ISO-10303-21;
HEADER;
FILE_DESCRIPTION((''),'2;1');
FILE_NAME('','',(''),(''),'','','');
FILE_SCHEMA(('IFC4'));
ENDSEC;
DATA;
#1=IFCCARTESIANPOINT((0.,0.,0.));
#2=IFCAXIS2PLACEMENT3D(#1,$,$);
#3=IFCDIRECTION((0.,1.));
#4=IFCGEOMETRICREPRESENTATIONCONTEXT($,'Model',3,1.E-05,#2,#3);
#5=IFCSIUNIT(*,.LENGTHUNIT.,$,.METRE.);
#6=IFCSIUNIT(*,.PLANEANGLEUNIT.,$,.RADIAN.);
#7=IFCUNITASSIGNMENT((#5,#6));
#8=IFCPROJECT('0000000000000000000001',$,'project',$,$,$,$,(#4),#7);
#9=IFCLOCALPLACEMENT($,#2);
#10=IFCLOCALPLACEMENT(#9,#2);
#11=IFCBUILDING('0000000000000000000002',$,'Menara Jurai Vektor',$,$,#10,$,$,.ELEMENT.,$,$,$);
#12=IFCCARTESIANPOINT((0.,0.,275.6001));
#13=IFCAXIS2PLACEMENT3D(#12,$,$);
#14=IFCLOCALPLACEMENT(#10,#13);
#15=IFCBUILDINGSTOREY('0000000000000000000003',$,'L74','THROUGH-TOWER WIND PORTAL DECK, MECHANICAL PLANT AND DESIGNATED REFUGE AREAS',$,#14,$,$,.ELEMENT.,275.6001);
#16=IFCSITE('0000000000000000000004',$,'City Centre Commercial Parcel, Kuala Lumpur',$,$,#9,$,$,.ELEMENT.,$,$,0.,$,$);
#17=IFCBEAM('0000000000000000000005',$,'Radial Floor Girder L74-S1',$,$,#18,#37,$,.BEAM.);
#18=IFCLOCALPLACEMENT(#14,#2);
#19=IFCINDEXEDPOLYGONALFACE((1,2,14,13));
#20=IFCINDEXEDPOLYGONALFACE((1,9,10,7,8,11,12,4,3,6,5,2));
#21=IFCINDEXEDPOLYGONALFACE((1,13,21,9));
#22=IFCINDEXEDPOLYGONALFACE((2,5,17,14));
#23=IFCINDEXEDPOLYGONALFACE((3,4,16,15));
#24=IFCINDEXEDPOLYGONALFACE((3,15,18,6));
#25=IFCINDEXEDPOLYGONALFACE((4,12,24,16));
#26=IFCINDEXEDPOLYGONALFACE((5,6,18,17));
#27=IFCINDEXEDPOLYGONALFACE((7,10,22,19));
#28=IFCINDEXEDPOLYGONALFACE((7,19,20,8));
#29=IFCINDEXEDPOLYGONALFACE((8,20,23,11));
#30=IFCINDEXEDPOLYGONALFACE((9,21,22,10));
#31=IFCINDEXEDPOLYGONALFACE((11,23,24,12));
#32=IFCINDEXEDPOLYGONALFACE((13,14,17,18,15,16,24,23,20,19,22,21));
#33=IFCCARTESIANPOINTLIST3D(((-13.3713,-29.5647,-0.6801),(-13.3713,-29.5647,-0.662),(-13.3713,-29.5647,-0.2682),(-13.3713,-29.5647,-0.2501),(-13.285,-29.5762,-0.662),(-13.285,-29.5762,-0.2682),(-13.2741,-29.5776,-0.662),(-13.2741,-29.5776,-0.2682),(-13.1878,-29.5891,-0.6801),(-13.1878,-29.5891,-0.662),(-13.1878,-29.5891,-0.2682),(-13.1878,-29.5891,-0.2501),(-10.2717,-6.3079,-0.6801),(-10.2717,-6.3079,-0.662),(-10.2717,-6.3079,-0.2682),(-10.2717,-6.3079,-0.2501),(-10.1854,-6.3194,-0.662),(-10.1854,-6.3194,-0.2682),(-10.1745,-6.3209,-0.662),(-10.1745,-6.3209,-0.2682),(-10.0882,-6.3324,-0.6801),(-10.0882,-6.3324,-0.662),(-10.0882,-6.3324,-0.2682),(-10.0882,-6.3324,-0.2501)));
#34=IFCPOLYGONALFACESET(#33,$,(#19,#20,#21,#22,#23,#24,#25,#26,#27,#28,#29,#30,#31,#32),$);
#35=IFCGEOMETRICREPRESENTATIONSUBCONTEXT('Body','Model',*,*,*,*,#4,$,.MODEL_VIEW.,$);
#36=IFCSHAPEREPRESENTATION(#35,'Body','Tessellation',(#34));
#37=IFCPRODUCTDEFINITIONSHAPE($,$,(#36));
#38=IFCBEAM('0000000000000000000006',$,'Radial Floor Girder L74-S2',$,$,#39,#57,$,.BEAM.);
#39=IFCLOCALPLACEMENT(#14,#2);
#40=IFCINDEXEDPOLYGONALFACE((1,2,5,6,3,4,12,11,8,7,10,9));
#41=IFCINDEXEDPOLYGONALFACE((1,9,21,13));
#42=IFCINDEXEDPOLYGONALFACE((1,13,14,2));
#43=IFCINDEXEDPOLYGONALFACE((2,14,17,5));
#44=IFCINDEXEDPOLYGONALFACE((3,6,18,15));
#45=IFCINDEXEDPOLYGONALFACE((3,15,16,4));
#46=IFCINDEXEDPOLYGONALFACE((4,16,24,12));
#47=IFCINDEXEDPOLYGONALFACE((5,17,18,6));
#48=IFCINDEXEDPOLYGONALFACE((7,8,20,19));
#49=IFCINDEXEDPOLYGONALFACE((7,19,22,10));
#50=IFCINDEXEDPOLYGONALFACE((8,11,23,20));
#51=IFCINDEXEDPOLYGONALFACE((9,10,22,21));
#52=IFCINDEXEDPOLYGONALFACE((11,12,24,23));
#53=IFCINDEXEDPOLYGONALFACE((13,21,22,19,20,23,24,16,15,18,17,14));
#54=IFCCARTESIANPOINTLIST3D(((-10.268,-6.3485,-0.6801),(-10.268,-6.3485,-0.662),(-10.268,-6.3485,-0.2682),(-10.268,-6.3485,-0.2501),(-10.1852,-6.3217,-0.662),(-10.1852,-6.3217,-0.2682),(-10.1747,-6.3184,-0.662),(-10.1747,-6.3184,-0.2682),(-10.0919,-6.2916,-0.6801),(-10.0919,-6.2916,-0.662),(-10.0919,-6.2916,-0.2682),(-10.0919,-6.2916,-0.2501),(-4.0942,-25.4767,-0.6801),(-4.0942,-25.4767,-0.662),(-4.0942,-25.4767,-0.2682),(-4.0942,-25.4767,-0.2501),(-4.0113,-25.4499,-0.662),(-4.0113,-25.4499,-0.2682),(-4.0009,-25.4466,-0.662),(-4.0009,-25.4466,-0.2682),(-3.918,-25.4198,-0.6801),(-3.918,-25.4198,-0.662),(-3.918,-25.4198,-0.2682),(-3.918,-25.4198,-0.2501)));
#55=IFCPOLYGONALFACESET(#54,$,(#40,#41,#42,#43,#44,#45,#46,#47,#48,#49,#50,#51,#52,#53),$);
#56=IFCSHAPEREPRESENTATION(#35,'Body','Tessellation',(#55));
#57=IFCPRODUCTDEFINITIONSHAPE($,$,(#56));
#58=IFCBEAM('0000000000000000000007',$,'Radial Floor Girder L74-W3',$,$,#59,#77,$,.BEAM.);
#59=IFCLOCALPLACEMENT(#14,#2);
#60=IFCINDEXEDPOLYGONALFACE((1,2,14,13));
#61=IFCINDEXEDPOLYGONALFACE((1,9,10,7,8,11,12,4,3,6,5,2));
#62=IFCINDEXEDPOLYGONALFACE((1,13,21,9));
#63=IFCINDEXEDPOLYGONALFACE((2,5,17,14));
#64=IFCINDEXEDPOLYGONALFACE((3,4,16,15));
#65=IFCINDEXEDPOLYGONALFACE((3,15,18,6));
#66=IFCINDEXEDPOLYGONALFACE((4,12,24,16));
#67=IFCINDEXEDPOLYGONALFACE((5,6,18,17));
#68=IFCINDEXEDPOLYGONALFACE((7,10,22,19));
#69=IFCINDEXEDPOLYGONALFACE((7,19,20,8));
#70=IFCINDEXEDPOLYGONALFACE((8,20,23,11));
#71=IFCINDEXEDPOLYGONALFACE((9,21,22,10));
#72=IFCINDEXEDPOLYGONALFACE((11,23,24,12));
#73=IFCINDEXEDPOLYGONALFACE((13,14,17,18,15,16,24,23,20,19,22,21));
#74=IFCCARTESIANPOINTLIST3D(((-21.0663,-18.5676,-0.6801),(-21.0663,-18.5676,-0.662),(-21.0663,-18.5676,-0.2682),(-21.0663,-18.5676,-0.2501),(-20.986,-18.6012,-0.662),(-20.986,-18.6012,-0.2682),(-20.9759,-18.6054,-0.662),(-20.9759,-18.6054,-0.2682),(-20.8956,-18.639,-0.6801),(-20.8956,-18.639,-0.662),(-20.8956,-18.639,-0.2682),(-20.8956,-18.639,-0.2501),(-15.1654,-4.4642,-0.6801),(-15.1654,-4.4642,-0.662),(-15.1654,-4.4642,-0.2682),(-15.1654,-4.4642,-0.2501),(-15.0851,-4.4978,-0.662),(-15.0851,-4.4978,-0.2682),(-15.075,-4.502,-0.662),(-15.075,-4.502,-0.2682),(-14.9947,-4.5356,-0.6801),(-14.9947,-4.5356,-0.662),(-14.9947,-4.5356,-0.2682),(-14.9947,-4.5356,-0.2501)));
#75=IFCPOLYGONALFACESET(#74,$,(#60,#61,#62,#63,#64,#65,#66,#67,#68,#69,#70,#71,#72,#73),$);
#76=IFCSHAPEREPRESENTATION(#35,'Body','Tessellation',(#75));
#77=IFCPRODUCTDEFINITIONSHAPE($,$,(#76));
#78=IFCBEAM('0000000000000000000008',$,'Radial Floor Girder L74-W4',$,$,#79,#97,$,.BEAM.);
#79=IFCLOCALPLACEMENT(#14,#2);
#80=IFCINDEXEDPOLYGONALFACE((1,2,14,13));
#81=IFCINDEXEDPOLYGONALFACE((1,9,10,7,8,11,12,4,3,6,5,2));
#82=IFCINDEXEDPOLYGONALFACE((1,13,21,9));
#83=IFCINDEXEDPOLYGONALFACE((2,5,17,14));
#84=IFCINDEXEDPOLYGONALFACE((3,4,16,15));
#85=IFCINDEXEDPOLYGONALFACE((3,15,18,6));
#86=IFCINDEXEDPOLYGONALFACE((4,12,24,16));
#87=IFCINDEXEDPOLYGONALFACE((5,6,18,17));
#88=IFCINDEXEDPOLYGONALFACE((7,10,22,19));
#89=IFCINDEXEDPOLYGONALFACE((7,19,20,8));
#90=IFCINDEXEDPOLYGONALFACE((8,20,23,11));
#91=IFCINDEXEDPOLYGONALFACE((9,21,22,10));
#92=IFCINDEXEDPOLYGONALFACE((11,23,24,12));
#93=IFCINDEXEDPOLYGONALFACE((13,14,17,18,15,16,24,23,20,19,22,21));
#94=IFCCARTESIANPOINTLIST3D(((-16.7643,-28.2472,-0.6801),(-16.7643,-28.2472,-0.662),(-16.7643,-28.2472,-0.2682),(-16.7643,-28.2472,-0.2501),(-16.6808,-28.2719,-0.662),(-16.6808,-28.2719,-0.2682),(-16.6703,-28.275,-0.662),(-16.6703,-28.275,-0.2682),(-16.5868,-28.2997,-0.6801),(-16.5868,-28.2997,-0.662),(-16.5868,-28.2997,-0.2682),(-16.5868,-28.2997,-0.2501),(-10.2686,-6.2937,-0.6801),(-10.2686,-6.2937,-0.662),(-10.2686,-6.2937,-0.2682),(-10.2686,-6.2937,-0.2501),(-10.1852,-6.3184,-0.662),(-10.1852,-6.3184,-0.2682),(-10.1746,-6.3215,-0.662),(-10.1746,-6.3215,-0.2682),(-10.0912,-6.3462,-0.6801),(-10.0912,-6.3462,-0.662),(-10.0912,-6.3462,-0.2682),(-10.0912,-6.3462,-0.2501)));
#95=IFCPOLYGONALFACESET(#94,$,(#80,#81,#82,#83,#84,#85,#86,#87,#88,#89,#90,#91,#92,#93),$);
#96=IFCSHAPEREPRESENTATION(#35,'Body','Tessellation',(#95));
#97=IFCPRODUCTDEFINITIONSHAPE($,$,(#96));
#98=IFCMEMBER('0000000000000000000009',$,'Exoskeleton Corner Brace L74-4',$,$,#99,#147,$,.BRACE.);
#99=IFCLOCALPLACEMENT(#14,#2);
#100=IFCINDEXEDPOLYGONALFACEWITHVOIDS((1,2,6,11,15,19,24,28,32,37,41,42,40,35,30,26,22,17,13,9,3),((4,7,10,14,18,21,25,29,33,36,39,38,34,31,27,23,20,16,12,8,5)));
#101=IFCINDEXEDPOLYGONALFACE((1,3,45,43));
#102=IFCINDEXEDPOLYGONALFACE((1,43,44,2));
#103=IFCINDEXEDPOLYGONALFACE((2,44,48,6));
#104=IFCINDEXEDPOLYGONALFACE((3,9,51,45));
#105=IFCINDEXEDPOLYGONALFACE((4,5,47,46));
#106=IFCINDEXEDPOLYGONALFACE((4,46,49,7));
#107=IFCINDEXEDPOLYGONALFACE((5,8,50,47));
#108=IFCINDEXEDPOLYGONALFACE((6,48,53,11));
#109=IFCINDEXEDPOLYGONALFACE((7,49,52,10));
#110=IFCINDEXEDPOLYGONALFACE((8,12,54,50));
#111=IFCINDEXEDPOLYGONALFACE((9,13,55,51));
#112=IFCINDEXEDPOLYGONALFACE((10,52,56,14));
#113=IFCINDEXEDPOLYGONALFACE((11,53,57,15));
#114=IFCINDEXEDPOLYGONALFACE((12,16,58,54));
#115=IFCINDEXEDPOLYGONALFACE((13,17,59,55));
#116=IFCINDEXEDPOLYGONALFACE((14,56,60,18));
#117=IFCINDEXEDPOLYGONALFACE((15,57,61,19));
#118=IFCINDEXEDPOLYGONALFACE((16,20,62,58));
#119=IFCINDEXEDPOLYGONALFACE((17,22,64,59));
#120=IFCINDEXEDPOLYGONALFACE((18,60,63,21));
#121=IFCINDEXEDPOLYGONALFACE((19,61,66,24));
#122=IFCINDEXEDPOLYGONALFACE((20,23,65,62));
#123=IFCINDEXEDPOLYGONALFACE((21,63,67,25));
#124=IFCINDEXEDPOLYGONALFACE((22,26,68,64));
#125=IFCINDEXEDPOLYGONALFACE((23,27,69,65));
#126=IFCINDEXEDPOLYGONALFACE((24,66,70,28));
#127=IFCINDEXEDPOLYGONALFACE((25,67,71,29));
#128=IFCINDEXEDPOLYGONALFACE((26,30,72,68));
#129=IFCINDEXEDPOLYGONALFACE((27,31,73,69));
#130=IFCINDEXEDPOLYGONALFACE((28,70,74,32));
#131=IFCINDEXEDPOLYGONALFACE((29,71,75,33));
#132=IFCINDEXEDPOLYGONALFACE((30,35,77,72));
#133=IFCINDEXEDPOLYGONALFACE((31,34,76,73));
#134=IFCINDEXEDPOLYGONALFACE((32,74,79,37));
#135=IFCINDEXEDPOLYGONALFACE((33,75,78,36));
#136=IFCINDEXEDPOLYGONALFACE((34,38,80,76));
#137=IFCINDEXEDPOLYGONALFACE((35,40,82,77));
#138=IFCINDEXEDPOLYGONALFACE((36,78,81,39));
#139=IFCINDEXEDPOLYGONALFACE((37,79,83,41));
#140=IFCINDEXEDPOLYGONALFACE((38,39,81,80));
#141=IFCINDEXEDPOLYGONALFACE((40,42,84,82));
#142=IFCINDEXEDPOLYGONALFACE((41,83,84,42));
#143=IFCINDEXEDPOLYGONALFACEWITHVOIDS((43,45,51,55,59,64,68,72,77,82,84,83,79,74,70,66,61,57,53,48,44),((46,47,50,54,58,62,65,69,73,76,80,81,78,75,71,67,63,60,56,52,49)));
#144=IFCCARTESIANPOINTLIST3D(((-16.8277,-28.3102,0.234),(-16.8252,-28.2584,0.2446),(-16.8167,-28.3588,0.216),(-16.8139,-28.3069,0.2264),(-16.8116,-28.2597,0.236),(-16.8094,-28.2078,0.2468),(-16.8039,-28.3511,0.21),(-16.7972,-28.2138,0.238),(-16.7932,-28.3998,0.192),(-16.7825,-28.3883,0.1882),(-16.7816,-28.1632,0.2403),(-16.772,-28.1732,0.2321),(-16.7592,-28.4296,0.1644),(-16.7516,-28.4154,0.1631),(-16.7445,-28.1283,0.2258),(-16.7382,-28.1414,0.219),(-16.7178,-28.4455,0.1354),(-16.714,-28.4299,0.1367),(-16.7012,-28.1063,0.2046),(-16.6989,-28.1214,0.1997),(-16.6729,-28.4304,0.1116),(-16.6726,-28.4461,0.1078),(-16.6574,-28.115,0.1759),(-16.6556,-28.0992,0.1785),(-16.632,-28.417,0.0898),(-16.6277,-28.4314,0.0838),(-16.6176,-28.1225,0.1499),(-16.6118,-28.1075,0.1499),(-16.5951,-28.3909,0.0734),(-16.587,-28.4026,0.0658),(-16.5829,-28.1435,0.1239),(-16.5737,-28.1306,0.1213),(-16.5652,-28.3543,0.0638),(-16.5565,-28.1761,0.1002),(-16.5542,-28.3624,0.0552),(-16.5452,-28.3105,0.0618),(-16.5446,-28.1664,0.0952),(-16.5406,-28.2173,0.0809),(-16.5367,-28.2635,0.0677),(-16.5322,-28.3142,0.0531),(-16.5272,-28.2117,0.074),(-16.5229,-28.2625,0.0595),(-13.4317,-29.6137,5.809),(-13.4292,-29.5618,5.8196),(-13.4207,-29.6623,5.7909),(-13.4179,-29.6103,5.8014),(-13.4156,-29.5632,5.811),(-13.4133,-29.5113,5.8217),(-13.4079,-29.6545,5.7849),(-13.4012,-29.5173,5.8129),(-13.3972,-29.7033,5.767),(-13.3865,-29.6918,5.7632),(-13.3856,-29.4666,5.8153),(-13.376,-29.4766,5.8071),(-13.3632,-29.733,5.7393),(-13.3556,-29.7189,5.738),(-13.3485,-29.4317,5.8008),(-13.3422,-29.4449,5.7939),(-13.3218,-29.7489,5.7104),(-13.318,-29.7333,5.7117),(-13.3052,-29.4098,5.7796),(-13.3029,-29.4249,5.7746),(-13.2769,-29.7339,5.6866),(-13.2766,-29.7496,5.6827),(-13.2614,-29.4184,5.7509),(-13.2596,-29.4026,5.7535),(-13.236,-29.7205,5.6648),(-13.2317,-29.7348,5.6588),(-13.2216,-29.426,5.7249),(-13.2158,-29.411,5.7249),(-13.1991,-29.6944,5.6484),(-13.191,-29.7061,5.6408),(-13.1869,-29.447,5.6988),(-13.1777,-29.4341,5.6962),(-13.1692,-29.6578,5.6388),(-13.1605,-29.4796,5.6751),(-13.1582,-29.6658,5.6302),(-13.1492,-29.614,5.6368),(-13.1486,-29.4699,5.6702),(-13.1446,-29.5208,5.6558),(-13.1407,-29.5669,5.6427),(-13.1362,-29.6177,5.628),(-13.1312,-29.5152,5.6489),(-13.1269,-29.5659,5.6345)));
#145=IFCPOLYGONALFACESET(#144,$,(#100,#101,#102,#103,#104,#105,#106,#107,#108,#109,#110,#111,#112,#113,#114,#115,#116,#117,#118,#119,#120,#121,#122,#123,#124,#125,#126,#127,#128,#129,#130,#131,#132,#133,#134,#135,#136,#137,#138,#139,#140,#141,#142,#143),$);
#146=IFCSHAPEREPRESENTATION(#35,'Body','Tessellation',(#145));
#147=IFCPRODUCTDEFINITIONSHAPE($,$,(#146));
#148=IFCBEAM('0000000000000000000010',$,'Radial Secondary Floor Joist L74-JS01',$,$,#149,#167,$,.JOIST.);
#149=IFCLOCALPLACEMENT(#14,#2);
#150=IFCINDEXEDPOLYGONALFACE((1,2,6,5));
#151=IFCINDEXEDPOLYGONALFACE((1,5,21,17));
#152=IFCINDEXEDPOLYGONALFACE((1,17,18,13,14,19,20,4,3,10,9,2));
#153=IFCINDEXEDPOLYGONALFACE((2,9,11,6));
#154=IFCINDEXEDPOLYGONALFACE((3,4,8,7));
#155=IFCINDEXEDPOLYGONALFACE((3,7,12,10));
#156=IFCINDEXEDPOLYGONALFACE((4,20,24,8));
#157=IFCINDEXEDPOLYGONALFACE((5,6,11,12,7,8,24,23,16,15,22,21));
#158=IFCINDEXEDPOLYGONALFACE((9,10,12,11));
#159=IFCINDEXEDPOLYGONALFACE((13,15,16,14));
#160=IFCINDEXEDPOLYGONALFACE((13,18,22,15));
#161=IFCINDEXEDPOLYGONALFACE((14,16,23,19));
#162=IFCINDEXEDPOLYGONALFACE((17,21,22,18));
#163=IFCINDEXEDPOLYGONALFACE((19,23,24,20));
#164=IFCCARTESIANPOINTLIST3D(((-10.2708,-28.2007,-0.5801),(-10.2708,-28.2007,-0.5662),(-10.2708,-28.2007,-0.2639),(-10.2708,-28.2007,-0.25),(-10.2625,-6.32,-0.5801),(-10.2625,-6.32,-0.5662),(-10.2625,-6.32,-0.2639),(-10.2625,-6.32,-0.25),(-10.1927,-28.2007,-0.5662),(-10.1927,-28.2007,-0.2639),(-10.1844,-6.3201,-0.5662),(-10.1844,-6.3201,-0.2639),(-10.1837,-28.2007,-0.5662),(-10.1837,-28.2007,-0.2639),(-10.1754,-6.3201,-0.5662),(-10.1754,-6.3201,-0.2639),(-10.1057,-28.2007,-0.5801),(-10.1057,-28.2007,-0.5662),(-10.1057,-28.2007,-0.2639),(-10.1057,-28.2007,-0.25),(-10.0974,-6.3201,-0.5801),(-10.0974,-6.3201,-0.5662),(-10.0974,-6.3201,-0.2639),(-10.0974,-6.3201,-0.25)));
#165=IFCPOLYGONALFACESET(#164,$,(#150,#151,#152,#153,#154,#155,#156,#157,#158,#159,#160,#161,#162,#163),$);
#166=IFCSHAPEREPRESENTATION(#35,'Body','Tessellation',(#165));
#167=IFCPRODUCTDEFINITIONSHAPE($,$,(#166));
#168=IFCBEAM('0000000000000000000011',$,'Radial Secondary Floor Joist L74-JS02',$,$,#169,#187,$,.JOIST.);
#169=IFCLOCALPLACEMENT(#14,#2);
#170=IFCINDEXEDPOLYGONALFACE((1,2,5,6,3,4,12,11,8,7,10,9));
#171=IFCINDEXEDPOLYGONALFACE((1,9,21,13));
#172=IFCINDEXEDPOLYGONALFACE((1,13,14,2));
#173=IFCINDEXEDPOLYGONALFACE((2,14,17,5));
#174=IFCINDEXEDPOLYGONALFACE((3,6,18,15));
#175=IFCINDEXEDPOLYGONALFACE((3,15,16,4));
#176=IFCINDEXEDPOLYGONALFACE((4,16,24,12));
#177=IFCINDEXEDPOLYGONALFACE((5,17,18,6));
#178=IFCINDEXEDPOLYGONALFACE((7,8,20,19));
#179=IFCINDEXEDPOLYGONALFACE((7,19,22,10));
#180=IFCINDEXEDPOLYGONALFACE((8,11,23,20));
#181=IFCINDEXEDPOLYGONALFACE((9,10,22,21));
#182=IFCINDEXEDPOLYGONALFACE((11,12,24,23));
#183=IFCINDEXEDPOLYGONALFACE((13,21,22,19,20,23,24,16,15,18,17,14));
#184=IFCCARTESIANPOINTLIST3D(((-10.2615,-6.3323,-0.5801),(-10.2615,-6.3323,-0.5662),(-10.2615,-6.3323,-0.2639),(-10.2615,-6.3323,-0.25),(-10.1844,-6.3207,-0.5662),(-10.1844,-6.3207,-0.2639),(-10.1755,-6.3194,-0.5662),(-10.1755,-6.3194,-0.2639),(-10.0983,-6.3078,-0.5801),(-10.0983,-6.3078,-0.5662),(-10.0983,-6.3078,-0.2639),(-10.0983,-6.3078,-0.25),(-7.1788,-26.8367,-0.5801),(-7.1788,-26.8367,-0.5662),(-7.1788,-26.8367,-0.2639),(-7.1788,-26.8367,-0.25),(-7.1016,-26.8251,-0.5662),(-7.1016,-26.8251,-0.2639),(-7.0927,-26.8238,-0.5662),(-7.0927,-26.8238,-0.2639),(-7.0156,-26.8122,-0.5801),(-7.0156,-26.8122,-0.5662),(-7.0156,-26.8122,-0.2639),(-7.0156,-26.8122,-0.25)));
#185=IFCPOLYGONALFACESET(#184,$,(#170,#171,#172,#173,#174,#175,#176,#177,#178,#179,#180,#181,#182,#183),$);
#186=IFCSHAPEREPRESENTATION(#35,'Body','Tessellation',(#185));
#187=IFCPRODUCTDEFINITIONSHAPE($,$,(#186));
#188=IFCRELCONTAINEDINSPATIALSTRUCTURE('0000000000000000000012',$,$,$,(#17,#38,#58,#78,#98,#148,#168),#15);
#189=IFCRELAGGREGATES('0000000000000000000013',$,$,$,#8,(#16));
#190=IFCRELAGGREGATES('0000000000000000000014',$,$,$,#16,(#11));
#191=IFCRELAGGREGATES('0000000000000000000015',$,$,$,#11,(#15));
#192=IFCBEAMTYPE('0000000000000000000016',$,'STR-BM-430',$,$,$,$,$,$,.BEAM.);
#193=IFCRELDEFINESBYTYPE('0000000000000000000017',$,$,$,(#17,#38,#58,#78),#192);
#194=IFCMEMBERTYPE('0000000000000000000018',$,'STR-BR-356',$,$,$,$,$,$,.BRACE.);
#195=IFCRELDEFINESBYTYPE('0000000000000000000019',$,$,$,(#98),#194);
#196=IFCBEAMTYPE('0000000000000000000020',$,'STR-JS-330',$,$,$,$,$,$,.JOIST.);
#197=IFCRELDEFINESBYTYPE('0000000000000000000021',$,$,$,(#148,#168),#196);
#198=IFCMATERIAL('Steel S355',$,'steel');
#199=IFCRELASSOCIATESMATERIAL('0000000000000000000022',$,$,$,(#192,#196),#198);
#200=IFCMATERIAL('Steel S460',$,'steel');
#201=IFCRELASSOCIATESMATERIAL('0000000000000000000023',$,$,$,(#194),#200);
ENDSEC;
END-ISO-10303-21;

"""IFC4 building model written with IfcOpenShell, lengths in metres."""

from ifc_helpers import new_model, si_unit, direction, frame, origin, origin_2d, place, context, subcontext, project, spatial, hollow_circle, i_section, extrude, material, material_profile, profile_set, type_object, element, save


model = new_model("IFC4")

# Units and contexts
model_context = context("Model", 3, precision=1e-05, world=origin(), true_north=direction((0.0, 1.0)))
body_context = subcontext(model_context, "Body", "Model", "MODEL_VIEW")
ifc_project = project(units=[si_unit("LENGTHUNIT", "METRE"), si_unit("PLANEANGLEUNIT", "RADIAN")], contexts=[model_context])

# Site, building, storey
site_placement = place(None, origin())
site = spatial("IfcSite", under=ifc_project, at=site_placement, Name="City Centre Commercial Parcel, Kuala Lumpur", CompositionType="ELEMENT", RefElevation=0.0)
building_placement = place(site_placement, origin())
building = spatial("IfcBuilding", under=site, at=building_placement, Name="Menara Jurai Vektor", CompositionType="ELEMENT")
storey_placement = place(building_placement, frame((0.0, 0.0, 275.6001)))
storey = spatial("IfcBuildingStorey", under=building, at=storey_placement, Name="L74", Description="THROUGH-TOWER WIND PORTAL DECK, MECHANICAL PLANT AND DESIGNATED REFUGE AREAS", CompositionType="ELEMENT", Elevation=275.6001)

# Shared definitions
ifc_material_1 = material(Name="Steel S460", Category="steel")

# Beams
ifc_material_2 = material(Name="Steel S355", Category="steel")
ifc_material_profile_1 = material_profile(ifc_material_2, i_section(OverallWidth=0.1851, OverallDepth=0.4299, WebThickness=0.011, FlangeThickness=0.0181, at=origin_2d()), Name="PG 430x185x76")
ifc_profile_set_1 = profile_set([ifc_material_profile_1], Name="Steel S355")
beam_type_1 = type_object("IfcBeamType", Name="STR-BM-430", PredefinedType="BEAM", material=ifc_profile_set_1)
beam_1_placement = place(storey_placement, frame((-13.2795, -29.5769, -0.4651), z_axis=(0.132109, 0.991235, 0.0), x_axis=(-0.991235, 0.132109, 0.0)))
element("IfcBeam", 1, at=beam_1_placement, inside=storey, type_object=beam_type_1, Name="Radial Floor Girder L74-S1", PredefinedType="BEAM", context=body_context, shape_type="SweptSolid", body=[
    extrude(i_section(OverallWidth=0.1851, OverallDepth=0.4299, WebThickness=0.011, FlangeThickness=0.0181, at=origin_2d()), origin(), (0.0, 0.0, 1.0), 23.4624),
])
beam_2_placement = place(storey_placement, frame((-4.0061, -25.4482, -0.4651), z_axis=(-0.307158, 0.951658, 0.0), x_axis=(-0.951658, -0.307158, 0.0)))
element("IfcBeam", 2, at=beam_2_placement, inside=storey, type_object=beam_type_1, Name="Radial Floor Girder L74-S2", PredefinedType="BEAM", context=body_context, shape_type="SweptSolid", body=[
    extrude(i_section(OverallWidth=0.1851, OverallDepth=0.4299, WebThickness=0.011, FlangeThickness=0.0181, at=origin_2d()), origin(), (0.0, 0.0, 1.0), 20.0999),
])
beam_3_placement = place(storey_placement, frame((-20.981, -18.6033, -0.4651), z_axis=(0.385981, 0.922507, 0.0), x_axis=(-0.922507, 0.385981, 0.0)))
element("IfcBeam", 3, at=beam_3_placement, inside=storey, type_object=beam_type_1, Name="Radial Floor Girder L74-W3", PredefinedType="BEAM", context=body_context, shape_type="SweptSolid", body=[
    extrude(i_section(OverallWidth=0.1851, OverallDepth=0.4299, WebThickness=0.011, FlangeThickness=0.0181, at=origin_2d()), origin(), (0.0, 0.0, 1.0), 15.2881),
])
beam_4_placement = place(storey_placement, frame((-16.6755, -28.2734, -0.4651), z_axis=(0.283723, 0.958906, 0.0), x_axis=(-0.958906, 0.283723, 0.0)))
element("IfcBeam", 4, at=beam_4_placement, inside=storey, type_object=beam_type_1, Name="Radial Floor Girder L74-W4", PredefinedType="BEAM", context=body_context, shape_type="SweptSolid", body=[
    extrude(i_section(OverallWidth=0.1851, OverallDepth=0.4299, WebThickness=0.011, FlangeThickness=0.0181, at=origin_2d()), origin(), (0.0, 0.0, 1.0), 22.8943),
])

# Member
ifc_material_profile_2 = material_profile(ifc_material_1, hollow_circle(Radius=0.1777, WallThickness=0.0161, at=origin_2d()), Name="CHS 355.6x16")
ifc_profile_set_2 = profile_set([ifc_material_profile_2], Name="Steel S460")
member_type_1 = type_object("IfcMemberType", Name="STR-BR-356", PredefinedType="BRACE", material=ifc_profile_set_2)
member_1_placement = place(storey_placement, frame((-16.6755, -28.2734, 0.1499), z_axis=(0.510161, -0.195812, 0.837492), x_axis=(0.358336, 0.933593, 0.0)))
element("IfcMember", 5, at=member_1_placement, inside=storey, type_object=member_type_1, Name="Exoskeleton Corner Brace L74-4", PredefinedType="BRACE", context=body_context, shape_type="SweptSolid", body=[
    extrude(hollow_circle(Radius=0.1777, WallThickness=0.0161, at=origin_2d()), origin(), (0.0, 0.0, 1.0), 6.6567),
])

# Beams
ifc_material_profile_3 = material_profile(ifc_material_2, i_section(OverallWidth=0.165, OverallDepth=0.3301, WebThickness=0.009, FlangeThickness=0.0139, at=origin_2d()), Name="PG 330x165x46")
ifc_profile_set_3 = profile_set([ifc_material_profile_3], Name="Steel S355")
beam_type_2 = type_object("IfcBeamType", Name="STR-JS-330", PredefinedType="JOIST", material=ifc_profile_set_3)
beam_5_placement = place(storey_placement, frame((-10.1882, -28.2007, -0.415), z_axis=(0.000379, 1.0, 0.0), x_axis=(-1.0, 0.000379, 0.0)))
element("IfcBeam", 6, at=beam_5_placement, inside=storey, type_object=beam_type_2, Name="Radial Secondary Floor Joist L74-JS01", PredefinedType="JOIST", context=body_context, shape_type="SweptSolid", body=[
    extrude(i_section(OverallWidth=0.165, OverallDepth=0.3301, WebThickness=0.009, FlangeThickness=0.0139, at=origin_2d()), origin(), (0.0, 0.0, 1.0), 21.8806),
])
beam_6_placement = place(storey_placement, frame((-7.0972, -26.8245, -0.415), z_axis=(-0.148676, 0.988886, 0.0), x_axis=(-0.988886, -0.148676, 0.0)))
element("IfcBeam", 7, at=beam_6_placement, inside=storey, type_object=beam_type_2, Name="Radial Secondary Floor Joist L74-JS02", PredefinedType="JOIST", context=body_context, shape_type="SweptSolid", body=[
    extrude(i_section(OverallWidth=0.165, OverallDepth=0.3301, WebThickness=0.009, FlangeThickness=0.0139, at=origin_2d()), origin(), (0.0, 0.0, 1.0), 20.7349),
])

save(model, "model.ifc")
